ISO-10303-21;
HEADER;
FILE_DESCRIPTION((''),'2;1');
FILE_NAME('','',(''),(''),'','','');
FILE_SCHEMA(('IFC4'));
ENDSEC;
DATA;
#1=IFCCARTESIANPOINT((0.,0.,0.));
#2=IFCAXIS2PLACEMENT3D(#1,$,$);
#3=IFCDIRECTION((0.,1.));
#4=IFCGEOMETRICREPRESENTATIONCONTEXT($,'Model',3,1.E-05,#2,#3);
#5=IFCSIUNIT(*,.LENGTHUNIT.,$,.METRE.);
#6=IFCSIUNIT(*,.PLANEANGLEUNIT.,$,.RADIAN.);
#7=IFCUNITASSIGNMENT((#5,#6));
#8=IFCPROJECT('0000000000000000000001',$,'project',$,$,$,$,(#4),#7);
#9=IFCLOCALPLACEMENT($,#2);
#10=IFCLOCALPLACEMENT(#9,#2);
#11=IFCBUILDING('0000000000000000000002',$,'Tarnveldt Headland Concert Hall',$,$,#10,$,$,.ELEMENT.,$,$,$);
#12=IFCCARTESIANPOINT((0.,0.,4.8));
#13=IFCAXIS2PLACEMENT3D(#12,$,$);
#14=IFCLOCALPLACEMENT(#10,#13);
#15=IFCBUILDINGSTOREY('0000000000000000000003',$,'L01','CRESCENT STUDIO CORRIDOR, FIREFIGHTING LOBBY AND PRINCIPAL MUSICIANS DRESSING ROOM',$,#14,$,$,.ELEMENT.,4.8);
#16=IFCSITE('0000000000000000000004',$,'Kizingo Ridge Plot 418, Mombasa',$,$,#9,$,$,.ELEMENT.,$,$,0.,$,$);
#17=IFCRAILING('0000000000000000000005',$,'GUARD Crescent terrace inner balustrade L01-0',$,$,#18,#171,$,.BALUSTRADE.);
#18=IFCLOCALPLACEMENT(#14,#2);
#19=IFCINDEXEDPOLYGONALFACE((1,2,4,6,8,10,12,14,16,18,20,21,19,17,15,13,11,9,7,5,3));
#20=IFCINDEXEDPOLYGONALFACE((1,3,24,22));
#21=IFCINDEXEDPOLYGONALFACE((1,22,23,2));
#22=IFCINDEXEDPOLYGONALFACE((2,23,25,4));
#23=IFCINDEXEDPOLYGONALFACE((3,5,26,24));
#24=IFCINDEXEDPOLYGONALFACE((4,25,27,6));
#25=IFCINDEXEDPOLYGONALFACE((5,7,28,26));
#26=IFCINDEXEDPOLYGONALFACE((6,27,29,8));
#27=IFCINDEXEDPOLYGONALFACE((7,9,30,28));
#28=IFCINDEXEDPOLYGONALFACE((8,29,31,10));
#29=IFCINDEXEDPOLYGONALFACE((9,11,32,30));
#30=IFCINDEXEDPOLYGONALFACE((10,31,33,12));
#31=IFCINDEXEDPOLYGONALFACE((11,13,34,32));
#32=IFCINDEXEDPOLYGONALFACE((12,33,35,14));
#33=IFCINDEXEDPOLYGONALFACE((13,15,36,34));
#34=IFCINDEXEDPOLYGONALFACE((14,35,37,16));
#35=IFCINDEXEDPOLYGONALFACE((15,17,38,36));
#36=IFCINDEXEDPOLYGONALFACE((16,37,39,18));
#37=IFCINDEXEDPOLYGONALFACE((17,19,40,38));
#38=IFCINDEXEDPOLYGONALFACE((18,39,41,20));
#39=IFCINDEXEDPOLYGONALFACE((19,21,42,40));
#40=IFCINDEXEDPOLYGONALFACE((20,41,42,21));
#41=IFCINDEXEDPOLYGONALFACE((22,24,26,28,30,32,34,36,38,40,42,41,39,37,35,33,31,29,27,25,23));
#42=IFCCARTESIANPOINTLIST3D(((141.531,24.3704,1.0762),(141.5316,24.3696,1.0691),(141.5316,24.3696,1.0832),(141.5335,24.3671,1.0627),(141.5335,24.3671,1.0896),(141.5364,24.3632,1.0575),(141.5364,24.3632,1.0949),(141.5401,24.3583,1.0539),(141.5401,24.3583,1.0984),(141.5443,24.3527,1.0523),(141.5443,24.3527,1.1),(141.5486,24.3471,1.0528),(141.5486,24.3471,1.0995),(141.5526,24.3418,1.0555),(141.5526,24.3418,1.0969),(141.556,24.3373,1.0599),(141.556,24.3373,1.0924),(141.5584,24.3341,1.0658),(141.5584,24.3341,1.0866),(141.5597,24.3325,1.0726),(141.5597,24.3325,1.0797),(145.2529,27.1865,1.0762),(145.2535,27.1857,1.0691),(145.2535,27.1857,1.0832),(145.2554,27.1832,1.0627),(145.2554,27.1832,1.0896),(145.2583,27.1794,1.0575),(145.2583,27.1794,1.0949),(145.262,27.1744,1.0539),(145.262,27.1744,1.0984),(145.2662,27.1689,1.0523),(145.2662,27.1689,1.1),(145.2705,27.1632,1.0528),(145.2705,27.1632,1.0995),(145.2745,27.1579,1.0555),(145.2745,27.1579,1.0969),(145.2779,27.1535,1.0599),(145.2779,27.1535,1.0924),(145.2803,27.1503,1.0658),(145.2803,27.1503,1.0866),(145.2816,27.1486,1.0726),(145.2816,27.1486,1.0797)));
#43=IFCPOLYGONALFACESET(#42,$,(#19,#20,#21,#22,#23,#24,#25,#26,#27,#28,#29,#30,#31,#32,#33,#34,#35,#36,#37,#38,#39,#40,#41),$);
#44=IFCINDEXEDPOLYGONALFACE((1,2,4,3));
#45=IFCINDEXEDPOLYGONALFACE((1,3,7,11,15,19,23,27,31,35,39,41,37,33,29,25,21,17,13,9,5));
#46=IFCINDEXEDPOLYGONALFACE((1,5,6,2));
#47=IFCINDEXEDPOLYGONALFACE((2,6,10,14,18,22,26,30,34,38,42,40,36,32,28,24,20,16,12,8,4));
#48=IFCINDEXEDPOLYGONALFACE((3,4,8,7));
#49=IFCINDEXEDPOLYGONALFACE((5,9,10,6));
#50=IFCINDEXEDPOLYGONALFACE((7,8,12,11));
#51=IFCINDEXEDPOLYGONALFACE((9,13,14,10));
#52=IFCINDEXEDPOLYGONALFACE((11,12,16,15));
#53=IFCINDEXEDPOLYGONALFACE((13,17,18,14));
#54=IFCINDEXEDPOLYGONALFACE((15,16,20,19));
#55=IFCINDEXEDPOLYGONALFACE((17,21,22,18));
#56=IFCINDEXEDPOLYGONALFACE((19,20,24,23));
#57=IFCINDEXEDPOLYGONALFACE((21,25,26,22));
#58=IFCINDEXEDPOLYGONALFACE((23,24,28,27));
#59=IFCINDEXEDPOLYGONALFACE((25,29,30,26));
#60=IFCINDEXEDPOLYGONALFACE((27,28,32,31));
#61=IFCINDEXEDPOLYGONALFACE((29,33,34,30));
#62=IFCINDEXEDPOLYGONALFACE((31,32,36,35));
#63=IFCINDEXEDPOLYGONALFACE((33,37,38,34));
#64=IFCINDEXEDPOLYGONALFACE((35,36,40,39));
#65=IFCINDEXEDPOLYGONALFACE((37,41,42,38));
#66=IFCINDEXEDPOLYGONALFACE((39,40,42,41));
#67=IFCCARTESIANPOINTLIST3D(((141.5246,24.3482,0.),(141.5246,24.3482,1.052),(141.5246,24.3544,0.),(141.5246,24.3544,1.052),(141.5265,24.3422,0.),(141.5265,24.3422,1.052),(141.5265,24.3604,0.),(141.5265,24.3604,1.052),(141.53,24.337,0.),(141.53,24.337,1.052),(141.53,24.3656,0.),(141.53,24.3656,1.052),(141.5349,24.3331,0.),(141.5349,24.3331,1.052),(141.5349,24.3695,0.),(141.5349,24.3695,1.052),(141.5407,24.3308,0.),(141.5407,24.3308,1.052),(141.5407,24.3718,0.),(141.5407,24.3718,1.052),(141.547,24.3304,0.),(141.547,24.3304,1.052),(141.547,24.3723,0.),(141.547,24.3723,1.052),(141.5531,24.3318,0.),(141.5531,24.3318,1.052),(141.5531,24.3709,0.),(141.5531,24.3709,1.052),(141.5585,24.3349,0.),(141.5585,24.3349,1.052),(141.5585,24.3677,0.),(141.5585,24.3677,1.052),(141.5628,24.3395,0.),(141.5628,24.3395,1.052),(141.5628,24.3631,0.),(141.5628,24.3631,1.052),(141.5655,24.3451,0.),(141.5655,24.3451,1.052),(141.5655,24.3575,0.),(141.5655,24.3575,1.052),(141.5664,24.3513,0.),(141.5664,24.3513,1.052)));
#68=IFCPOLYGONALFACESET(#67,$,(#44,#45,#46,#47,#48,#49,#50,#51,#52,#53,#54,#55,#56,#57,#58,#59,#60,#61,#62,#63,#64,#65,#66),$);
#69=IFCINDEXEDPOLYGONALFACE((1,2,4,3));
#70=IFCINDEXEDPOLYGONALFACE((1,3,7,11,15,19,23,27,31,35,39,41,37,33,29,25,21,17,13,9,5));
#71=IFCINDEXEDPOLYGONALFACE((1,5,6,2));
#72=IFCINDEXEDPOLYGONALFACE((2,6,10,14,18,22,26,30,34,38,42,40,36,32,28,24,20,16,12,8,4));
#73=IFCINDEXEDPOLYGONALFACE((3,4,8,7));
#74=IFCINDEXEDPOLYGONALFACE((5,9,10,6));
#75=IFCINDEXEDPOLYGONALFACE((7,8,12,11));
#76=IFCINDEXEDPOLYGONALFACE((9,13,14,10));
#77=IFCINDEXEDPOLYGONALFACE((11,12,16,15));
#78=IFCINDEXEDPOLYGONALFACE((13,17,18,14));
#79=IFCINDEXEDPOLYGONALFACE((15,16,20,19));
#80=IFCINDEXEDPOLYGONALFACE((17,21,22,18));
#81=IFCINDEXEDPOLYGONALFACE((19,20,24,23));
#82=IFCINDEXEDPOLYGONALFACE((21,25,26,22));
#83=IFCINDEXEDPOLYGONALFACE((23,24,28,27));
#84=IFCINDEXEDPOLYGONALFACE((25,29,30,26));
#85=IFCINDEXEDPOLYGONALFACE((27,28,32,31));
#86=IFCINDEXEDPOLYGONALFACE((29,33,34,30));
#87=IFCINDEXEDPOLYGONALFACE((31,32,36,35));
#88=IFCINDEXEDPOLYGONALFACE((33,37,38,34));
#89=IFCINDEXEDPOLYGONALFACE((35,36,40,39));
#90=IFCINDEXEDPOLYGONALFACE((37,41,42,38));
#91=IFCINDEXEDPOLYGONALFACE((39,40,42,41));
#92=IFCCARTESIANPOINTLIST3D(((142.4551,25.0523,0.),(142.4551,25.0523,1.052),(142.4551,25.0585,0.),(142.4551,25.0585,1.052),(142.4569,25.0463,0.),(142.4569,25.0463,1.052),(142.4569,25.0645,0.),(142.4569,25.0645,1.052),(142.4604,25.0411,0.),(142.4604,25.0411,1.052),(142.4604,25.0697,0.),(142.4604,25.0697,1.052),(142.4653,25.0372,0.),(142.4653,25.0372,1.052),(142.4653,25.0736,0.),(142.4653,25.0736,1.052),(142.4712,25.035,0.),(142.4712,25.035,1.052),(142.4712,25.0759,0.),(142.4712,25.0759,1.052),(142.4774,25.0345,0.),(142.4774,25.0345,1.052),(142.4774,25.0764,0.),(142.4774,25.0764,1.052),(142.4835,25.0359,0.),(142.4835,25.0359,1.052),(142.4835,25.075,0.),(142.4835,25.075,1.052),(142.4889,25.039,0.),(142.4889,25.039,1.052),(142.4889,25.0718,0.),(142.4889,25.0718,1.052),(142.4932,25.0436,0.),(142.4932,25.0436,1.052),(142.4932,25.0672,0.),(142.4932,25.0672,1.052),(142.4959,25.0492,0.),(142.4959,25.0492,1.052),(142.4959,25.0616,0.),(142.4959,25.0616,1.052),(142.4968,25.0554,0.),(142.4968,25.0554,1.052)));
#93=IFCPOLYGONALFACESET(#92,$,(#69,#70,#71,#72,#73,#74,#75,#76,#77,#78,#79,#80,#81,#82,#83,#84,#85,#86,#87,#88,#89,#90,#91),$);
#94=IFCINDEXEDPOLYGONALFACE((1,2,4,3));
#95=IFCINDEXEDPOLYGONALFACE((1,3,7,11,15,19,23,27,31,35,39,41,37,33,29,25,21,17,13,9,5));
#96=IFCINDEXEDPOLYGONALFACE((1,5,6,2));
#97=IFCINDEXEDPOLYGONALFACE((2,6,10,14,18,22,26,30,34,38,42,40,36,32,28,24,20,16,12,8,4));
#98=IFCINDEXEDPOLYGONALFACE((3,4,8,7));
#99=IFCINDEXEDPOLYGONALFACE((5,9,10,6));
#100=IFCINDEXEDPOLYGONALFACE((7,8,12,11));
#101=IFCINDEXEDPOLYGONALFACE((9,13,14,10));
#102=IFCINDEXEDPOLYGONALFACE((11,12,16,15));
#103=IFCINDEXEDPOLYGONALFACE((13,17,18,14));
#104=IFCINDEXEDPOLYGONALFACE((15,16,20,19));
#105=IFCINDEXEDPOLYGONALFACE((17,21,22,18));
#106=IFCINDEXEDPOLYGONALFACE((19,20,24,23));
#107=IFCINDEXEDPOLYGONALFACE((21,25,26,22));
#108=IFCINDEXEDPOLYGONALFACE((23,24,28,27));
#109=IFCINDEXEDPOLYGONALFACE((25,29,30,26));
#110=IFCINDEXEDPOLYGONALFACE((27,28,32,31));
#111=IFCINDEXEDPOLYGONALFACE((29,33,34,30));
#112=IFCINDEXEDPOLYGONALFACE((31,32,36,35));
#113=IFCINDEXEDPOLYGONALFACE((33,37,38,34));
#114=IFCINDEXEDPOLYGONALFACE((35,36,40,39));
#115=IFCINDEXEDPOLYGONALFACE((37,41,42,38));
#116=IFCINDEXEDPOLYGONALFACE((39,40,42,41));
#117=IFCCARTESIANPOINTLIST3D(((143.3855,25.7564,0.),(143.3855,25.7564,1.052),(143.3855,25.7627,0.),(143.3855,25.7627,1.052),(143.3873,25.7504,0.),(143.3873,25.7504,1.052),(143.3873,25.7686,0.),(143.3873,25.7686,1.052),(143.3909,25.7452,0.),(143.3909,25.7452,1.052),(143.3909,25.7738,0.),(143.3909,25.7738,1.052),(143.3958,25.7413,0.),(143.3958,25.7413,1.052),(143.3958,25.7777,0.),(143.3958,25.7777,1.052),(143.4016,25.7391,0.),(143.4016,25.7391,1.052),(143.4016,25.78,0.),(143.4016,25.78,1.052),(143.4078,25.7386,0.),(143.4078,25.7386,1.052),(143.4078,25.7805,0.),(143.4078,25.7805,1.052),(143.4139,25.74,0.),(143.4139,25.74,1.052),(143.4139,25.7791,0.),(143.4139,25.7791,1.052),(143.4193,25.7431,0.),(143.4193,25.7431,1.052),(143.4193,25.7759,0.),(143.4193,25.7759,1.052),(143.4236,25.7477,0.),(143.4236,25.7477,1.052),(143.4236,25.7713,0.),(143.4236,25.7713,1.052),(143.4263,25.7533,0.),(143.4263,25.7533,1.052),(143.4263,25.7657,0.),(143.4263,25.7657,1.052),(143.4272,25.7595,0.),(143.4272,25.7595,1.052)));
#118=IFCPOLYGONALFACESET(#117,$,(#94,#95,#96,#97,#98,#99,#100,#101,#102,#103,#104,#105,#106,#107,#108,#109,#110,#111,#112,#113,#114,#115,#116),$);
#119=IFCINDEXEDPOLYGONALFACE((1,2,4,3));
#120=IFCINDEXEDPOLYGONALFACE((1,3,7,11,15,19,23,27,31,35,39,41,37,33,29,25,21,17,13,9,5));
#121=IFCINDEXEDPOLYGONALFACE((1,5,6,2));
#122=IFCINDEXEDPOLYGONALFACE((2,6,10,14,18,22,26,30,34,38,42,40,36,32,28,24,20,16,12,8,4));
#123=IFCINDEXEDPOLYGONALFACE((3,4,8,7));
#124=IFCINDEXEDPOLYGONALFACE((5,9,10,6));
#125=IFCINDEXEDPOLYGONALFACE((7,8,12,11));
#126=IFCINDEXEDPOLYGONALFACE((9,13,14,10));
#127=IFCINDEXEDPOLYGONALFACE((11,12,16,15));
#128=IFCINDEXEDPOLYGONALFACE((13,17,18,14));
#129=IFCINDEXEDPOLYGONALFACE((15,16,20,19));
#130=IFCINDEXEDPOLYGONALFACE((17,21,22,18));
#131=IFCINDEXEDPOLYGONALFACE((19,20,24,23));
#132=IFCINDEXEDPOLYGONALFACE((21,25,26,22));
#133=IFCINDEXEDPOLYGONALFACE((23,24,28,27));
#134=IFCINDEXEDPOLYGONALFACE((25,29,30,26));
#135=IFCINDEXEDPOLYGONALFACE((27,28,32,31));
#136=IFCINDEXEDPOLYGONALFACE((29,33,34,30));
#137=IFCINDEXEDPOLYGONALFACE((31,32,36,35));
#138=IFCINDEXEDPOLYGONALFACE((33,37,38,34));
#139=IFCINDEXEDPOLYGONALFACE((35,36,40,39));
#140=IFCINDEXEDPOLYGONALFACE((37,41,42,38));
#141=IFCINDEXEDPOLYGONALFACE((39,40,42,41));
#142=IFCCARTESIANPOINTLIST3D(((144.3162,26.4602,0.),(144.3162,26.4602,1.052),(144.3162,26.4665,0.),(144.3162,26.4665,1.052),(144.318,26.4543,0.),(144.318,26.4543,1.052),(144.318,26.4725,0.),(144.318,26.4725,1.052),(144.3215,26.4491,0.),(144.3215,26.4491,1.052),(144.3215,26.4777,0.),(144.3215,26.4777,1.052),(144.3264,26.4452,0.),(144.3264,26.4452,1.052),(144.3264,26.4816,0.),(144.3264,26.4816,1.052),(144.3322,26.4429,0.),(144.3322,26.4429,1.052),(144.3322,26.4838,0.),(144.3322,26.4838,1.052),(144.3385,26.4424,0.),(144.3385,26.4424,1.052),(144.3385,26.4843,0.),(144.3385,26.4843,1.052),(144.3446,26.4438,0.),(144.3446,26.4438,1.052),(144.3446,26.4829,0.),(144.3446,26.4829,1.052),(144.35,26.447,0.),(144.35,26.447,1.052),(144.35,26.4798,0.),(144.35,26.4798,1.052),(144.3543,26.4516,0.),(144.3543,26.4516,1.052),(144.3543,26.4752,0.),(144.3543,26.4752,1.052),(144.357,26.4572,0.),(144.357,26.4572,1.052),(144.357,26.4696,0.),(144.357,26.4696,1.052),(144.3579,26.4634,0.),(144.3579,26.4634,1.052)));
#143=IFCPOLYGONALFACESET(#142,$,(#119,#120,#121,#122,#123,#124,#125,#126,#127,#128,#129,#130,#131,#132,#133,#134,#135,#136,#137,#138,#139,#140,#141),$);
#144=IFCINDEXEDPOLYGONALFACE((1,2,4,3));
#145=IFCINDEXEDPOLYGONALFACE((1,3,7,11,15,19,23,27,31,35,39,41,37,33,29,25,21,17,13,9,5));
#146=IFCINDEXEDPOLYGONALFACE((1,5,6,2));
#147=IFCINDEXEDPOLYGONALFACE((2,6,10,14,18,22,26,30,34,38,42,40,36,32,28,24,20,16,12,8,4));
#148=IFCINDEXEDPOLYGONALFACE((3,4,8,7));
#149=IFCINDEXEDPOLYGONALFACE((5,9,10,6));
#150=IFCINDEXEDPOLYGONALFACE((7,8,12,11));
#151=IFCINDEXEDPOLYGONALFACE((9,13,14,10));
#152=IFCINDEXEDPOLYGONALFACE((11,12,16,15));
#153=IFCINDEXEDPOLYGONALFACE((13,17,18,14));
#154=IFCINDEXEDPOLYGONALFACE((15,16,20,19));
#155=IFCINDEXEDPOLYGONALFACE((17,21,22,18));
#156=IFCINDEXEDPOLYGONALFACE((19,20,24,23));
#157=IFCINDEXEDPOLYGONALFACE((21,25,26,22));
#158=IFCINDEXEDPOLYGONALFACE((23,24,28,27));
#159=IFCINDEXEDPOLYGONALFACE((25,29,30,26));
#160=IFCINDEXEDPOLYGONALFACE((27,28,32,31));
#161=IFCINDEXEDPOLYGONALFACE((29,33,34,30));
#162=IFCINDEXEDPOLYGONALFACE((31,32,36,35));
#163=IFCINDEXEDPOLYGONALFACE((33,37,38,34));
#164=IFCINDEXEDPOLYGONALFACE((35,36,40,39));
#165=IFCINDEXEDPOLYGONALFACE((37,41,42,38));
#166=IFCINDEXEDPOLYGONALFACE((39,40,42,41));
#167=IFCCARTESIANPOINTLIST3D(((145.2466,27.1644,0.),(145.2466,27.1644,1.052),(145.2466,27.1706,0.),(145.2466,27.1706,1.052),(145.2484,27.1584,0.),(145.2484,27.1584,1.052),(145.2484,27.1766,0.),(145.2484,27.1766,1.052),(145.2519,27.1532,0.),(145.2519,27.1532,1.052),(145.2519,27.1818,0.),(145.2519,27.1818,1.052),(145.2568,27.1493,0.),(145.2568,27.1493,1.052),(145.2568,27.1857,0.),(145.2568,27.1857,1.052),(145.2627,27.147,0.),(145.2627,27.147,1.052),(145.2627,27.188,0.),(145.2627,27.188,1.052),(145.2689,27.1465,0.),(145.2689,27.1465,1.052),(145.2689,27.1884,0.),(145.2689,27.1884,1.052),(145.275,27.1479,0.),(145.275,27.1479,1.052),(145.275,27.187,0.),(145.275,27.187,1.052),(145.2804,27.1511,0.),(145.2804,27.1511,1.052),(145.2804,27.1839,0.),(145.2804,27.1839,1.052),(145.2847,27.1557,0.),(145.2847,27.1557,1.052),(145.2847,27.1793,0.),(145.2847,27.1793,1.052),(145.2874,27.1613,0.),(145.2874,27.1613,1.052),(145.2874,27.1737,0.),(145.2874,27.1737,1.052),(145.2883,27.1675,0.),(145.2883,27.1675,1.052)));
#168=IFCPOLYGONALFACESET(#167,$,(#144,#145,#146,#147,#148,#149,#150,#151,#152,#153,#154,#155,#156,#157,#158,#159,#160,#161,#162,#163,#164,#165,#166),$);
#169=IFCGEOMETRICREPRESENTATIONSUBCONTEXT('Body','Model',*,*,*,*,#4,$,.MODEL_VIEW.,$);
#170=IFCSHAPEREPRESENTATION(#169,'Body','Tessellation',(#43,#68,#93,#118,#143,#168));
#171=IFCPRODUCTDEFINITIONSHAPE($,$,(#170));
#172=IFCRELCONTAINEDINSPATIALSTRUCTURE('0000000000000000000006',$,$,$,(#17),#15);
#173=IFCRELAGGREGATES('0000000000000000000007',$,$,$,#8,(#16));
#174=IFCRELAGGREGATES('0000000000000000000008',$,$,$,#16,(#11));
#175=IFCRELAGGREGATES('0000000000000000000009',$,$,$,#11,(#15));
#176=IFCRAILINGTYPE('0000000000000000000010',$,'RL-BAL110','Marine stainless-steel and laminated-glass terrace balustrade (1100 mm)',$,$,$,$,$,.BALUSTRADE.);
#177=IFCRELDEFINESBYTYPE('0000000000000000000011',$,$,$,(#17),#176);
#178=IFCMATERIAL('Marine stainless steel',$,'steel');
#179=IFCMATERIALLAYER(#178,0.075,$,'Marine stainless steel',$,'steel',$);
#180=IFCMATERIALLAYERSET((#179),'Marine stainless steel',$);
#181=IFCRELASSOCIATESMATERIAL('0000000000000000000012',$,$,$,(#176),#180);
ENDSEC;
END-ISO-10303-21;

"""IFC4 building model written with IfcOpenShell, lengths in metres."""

from ifc_helpers import new_model, si_unit, direction, frame, origin, origin_2d, place, context, subcontext, project, spatial, circle, extrude, material, layer, layer_set, type_object, element, save


model = new_model("IFC4")

# Units and contexts
model_context = context("Model", 3, precision=1e-05, world=origin(), true_north=direction((0.0, 1.0)))
body_context = subcontext(model_context, "Body", "Model", "MODEL_VIEW")
ifc_project = project(units=[si_unit("LENGTHUNIT", "METRE"), si_unit("PLANEANGLEUNIT", "RADIAN")], contexts=[model_context])

# Site, building, storey
site_placement = place(None, origin())
site = spatial("IfcSite", under=ifc_project, at=site_placement, Name="Kizingo Ridge Plot 418, Mombasa", CompositionType="ELEMENT", RefElevation=0.0)
building_placement = place(site_placement, origin())
building = spatial("IfcBuilding", under=site, at=building_placement, Name="Tarnveldt Headland Concert Hall", CompositionType="ELEMENT")
storey_placement = place(building_placement, frame((0.0, 0.0, 4.8)))
storey = spatial("IfcBuildingStorey", under=building, at=storey_placement, Name="L01", Description="CRESCENT STUDIO CORRIDOR, FIREFIGHTING LOBBY AND PRINCIPAL MUSICIANS DRESSING ROOM", CompositionType="ELEMENT", Elevation=4.8)

# Railing
ifc_material_1 = material(Name="Marine stainless steel", Category="steel")
ifc_layer_1 = layer(ifc_material_1, 0.075, Name="Marine stainless steel", Category="steel")
ifc_layer_set_1 = layer_set([ifc_layer_1], Name="Marine stainless steel")
railing_type = type_object("IfcRailingType", Name="RL-BAL110", Description="Marine stainless-steel and laminated-glass terrace balustrade (1100 mm)", PredefinedType="BALUSTRADE", material=ifc_layer_set_1)
railing_1_placement = place(storey_placement, frame((141.5454, 24.3513, 0.0)))
element("IfcRailing", 1, at=railing_1_placement, inside=storey, type_object=railing_type, Name="GUARD Crescent terrace inner balustrade L01-0", PredefinedType="BALUSTRADE", context=body_context, shape_type="SweptSolid", body=[
    extrude(circle(Radius=0.0239, at=origin_2d()), frame((0.0, 0.0, 1.0762), z_axis=(0.797451, 0.603384, 0.0), x_axis=(-0.603384, 0.797451, 0.0)), (0.0, 0.0, 1.0), 4.6672),
    extrude(circle(Radius=0.021, at=origin_2d()), origin(), (0.0, 0.0, 1.0), 1.052),
    extrude(circle(Radius=0.021, at=origin_2d()), frame((0.9304, 0.7041, 0.0)), (0.0, 0.0, 1.0), 1.052),
    extrude(circle(Radius=0.021, at=origin_2d()), frame((1.8608, 1.4082, 0.0)), (0.0, 0.0, 1.0), 1.052),
    extrude(circle(Radius=0.021, at=origin_2d()), frame((2.7915, 2.1121, 0.0)), (0.0, 0.0, 1.0), 1.052),
    extrude(circle(Radius=0.021, at=origin_2d()), frame((3.7219, 2.8162, 0.0)), (0.0, 0.0, 1.0), 1.052),
])

save(model, "model.ifc")
